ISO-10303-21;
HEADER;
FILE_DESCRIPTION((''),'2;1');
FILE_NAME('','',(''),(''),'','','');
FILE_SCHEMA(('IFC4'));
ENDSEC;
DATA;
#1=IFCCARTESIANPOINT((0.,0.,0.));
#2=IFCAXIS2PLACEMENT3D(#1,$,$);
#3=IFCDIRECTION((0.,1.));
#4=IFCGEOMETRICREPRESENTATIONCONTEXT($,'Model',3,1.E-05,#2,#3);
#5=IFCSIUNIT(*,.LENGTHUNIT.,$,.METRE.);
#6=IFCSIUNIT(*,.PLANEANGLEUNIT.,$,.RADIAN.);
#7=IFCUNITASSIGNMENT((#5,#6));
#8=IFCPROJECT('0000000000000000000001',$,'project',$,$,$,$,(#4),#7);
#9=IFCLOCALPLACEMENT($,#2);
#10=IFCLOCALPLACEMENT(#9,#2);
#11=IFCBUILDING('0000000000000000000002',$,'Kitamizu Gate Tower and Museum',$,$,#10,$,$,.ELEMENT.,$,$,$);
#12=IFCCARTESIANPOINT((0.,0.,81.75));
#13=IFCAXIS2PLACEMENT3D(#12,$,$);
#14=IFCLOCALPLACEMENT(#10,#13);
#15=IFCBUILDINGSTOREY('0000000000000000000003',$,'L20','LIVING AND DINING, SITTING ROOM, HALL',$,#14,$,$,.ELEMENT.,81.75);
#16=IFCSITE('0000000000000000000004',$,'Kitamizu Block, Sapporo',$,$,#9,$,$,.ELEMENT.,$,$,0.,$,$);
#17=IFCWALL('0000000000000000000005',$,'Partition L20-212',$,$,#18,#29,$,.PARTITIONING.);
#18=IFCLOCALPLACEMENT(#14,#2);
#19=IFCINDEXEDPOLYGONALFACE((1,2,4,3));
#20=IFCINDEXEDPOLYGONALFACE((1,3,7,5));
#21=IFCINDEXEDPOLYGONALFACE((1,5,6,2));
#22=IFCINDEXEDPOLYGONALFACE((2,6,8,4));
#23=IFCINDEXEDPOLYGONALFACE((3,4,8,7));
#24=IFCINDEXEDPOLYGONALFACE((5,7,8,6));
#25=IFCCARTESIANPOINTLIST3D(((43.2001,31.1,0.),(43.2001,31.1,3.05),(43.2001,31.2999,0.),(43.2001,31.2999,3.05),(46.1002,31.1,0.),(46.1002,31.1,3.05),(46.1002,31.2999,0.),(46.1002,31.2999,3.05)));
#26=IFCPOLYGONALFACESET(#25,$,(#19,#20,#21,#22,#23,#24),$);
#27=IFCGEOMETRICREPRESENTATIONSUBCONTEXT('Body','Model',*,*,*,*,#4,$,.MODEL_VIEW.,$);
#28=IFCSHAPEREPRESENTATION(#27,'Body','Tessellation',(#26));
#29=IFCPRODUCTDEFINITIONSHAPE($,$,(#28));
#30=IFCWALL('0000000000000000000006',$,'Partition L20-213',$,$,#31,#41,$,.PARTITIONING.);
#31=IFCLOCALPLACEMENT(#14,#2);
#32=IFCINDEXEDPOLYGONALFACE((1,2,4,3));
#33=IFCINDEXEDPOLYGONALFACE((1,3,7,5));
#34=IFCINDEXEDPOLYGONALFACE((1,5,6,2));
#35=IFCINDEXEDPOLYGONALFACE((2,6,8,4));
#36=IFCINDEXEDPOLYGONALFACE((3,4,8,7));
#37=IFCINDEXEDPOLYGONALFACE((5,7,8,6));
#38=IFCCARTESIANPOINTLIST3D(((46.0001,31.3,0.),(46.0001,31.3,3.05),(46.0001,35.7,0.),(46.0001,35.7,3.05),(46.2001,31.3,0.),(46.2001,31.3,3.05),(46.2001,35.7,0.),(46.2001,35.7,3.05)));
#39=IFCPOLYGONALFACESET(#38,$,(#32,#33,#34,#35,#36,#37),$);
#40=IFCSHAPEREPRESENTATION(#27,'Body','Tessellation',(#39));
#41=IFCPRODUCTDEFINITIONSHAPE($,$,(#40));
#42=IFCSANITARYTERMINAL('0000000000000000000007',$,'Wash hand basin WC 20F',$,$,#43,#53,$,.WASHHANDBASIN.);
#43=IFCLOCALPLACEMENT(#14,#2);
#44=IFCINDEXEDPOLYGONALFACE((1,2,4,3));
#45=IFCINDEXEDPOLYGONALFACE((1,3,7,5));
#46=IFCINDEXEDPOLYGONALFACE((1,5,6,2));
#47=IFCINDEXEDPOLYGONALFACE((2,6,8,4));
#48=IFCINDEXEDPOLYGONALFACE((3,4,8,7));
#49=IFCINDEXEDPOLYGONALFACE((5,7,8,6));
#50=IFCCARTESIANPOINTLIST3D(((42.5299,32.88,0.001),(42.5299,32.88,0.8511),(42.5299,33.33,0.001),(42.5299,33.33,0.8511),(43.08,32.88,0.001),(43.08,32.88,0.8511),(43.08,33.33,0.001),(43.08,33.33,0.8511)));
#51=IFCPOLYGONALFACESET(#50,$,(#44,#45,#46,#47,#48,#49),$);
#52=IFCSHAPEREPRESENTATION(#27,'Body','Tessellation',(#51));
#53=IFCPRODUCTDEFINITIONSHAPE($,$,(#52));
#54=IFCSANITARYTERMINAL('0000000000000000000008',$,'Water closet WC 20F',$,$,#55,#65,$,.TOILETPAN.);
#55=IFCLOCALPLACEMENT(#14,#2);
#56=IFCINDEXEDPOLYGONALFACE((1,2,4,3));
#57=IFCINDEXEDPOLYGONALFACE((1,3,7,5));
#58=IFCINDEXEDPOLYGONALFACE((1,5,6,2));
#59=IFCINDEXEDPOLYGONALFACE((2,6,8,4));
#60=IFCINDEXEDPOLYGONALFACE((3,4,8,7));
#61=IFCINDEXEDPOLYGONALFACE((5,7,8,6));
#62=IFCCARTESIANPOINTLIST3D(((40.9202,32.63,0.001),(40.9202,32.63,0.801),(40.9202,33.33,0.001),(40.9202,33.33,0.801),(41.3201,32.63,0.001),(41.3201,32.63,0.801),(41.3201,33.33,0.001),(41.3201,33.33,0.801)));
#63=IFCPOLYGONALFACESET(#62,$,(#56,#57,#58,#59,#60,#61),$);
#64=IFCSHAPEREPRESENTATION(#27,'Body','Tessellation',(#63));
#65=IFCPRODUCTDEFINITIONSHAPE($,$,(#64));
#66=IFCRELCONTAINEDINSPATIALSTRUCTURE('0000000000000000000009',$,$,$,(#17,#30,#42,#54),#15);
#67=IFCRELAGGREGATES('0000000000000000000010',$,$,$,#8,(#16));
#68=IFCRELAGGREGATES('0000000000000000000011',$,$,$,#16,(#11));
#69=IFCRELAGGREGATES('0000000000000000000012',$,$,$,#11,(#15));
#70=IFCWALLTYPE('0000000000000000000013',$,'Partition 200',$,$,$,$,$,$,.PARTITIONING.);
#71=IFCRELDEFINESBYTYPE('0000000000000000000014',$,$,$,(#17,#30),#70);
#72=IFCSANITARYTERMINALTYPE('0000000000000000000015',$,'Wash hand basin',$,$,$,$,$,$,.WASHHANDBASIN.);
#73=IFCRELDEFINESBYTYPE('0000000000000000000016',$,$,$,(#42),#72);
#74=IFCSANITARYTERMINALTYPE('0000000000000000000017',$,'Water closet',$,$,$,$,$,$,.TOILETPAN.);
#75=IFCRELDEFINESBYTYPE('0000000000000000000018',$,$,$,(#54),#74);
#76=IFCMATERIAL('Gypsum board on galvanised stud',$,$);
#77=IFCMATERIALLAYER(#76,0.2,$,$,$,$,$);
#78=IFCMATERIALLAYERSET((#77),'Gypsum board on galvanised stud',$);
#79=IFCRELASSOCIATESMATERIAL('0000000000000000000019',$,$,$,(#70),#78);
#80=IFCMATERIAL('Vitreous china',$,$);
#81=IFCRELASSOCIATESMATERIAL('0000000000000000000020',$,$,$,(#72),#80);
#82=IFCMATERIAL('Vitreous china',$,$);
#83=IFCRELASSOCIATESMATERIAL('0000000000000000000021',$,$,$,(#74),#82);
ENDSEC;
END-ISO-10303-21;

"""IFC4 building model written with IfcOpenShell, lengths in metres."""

from ifc_helpers import new_model, si_unit, direction, frame, frame_2d, origin, origin_2d, place, context, subcontext, project, spatial, rectangle, extrude, material, layer, layer_set, type_object, element, save


model = new_model("IFC4")

# Units and contexts
model_context = context("Model", 3, precision=1e-05, world=origin(), true_north=direction((0.0, 1.0)))
body_context = subcontext(model_context, "Body", "Model", "MODEL_VIEW")
ifc_project = project(units=[si_unit("LENGTHUNIT", "METRE"), si_unit("PLANEANGLEUNIT", "RADIAN")], contexts=[model_context])

# Site, building, storey
site_placement = place(None, origin())
site = spatial("IfcSite", under=ifc_project, at=site_placement, Name="Kitamizu Block, Sapporo", CompositionType="ELEMENT", RefElevation=0.0)
building_placement = place(site_placement, origin())
building = spatial("IfcBuilding", under=site, at=building_placement, Name="Kitamizu Gate Tower and Museum", CompositionType="ELEMENT")
storey_placement = place(building_placement, frame((0.0, 0.0, 81.75)))
storey = spatial("IfcBuildingStorey", under=building, at=storey_placement, Name="L20", Description="LIVING AND DINING, SITTING ROOM, HALL", CompositionType="ELEMENT", Elevation=81.75)

# Shared definitions
ifc_material_1 = material(Name="Gypsum board on galvanised stud")
ifc_layer_1 = layer(ifc_material_1, 0.2)
ifc_layer_set_1 = layer_set([ifc_layer_1], Name="Gypsum board on galvanised stud")
wall_type_1 = type_object("IfcWallType", Name="Partition 200", PredefinedType="PARTITIONING", material=ifc_layer_set_1)

# Walls
wall_1_placement = place(storey_placement, frame((43.2, 31.2, 0.0), z_axis=(0.0, 0.0, 1.0), x_axis=(1.0, 0.0, 0.0)))
element("IfcWall", 1, at=wall_1_placement, inside=storey, type_object=wall_type_1, Name="Partition L20-212", PredefinedType="PARTITIONING", context=body_context, shape_type="SweptSolid", body=[
    extrude(rectangle(XDim=2.9001, YDim=0.2, at=frame_2d((1.4502, 0.0))), origin(), (0.0, 0.0, 1.0), 3.05),
])
wall_2_placement = place(storey_placement, frame((46.1001, 31.3, 0.0), z_axis=(0.0, 0.0, 1.0), x_axis=(0.0, 1.0, 0.0)))
element("IfcWall", 2, at=wall_2_placement, inside=storey, type_object=wall_type_1, Name="Partition L20-213", PredefinedType="PARTITIONING", context=body_context, shape_type="SweptSolid", body=[
    extrude(rectangle(XDim=4.3999, YDim=0.2, at=frame_2d((2.2, 0.0))), origin(), (0.0, 0.0, 1.0), 3.05),
])

# Sanitary terminals
ifc_material_2 = material(Name="Vitreous china")
sanitary_terminal_type_1 = type_object("IfcSanitaryTerminalType", Name="Wash hand basin", PredefinedType="WASHHANDBASIN", material=ifc_material_2)
sanitary_terminal_1_placement = place(storey_placement, frame((42.8049, 33.105, 0.001), z_axis=(0.0, 0.0, 1.0), x_axis=(1.0, 0.0, 0.0)))
element("IfcSanitaryTerminal", 3, at=sanitary_terminal_1_placement, inside=storey, type_object=sanitary_terminal_type_1, Name="Wash hand basin WC 20F", PredefinedType="WASHHANDBASIN", context=body_context, shape_type="SweptSolid", body=[
    extrude(rectangle(XDim=0.55, YDim=0.45, at=origin_2d()), origin(), (0.0, 0.0, 1.0), 0.8501),
])
ifc_material_3 = material(Name="Vitreous china")
sanitary_terminal_type_2 = type_object("IfcSanitaryTerminalType", Name="Water closet", PredefinedType="TOILETPAN", material=ifc_material_3)
sanitary_terminal_2_placement = place(storey_placement, frame((41.1201, 32.98, 0.001), z_axis=(0.0, 0.0, 1.0), x_axis=(1.0, 0.0, 0.0)))
element("IfcSanitaryTerminal", 4, at=sanitary_terminal_2_placement, inside=storey, type_object=sanitary_terminal_type_2, Name="Water closet WC 20F", PredefinedType="TOILETPAN", context=body_context, shape_type="SweptSolid", body=[
    extrude(rectangle(XDim=0.3999, YDim=0.7, at=origin_2d()), origin(), (0.0, 0.0, 1.0), 0.8),
])

save(model, "model.ifc")
